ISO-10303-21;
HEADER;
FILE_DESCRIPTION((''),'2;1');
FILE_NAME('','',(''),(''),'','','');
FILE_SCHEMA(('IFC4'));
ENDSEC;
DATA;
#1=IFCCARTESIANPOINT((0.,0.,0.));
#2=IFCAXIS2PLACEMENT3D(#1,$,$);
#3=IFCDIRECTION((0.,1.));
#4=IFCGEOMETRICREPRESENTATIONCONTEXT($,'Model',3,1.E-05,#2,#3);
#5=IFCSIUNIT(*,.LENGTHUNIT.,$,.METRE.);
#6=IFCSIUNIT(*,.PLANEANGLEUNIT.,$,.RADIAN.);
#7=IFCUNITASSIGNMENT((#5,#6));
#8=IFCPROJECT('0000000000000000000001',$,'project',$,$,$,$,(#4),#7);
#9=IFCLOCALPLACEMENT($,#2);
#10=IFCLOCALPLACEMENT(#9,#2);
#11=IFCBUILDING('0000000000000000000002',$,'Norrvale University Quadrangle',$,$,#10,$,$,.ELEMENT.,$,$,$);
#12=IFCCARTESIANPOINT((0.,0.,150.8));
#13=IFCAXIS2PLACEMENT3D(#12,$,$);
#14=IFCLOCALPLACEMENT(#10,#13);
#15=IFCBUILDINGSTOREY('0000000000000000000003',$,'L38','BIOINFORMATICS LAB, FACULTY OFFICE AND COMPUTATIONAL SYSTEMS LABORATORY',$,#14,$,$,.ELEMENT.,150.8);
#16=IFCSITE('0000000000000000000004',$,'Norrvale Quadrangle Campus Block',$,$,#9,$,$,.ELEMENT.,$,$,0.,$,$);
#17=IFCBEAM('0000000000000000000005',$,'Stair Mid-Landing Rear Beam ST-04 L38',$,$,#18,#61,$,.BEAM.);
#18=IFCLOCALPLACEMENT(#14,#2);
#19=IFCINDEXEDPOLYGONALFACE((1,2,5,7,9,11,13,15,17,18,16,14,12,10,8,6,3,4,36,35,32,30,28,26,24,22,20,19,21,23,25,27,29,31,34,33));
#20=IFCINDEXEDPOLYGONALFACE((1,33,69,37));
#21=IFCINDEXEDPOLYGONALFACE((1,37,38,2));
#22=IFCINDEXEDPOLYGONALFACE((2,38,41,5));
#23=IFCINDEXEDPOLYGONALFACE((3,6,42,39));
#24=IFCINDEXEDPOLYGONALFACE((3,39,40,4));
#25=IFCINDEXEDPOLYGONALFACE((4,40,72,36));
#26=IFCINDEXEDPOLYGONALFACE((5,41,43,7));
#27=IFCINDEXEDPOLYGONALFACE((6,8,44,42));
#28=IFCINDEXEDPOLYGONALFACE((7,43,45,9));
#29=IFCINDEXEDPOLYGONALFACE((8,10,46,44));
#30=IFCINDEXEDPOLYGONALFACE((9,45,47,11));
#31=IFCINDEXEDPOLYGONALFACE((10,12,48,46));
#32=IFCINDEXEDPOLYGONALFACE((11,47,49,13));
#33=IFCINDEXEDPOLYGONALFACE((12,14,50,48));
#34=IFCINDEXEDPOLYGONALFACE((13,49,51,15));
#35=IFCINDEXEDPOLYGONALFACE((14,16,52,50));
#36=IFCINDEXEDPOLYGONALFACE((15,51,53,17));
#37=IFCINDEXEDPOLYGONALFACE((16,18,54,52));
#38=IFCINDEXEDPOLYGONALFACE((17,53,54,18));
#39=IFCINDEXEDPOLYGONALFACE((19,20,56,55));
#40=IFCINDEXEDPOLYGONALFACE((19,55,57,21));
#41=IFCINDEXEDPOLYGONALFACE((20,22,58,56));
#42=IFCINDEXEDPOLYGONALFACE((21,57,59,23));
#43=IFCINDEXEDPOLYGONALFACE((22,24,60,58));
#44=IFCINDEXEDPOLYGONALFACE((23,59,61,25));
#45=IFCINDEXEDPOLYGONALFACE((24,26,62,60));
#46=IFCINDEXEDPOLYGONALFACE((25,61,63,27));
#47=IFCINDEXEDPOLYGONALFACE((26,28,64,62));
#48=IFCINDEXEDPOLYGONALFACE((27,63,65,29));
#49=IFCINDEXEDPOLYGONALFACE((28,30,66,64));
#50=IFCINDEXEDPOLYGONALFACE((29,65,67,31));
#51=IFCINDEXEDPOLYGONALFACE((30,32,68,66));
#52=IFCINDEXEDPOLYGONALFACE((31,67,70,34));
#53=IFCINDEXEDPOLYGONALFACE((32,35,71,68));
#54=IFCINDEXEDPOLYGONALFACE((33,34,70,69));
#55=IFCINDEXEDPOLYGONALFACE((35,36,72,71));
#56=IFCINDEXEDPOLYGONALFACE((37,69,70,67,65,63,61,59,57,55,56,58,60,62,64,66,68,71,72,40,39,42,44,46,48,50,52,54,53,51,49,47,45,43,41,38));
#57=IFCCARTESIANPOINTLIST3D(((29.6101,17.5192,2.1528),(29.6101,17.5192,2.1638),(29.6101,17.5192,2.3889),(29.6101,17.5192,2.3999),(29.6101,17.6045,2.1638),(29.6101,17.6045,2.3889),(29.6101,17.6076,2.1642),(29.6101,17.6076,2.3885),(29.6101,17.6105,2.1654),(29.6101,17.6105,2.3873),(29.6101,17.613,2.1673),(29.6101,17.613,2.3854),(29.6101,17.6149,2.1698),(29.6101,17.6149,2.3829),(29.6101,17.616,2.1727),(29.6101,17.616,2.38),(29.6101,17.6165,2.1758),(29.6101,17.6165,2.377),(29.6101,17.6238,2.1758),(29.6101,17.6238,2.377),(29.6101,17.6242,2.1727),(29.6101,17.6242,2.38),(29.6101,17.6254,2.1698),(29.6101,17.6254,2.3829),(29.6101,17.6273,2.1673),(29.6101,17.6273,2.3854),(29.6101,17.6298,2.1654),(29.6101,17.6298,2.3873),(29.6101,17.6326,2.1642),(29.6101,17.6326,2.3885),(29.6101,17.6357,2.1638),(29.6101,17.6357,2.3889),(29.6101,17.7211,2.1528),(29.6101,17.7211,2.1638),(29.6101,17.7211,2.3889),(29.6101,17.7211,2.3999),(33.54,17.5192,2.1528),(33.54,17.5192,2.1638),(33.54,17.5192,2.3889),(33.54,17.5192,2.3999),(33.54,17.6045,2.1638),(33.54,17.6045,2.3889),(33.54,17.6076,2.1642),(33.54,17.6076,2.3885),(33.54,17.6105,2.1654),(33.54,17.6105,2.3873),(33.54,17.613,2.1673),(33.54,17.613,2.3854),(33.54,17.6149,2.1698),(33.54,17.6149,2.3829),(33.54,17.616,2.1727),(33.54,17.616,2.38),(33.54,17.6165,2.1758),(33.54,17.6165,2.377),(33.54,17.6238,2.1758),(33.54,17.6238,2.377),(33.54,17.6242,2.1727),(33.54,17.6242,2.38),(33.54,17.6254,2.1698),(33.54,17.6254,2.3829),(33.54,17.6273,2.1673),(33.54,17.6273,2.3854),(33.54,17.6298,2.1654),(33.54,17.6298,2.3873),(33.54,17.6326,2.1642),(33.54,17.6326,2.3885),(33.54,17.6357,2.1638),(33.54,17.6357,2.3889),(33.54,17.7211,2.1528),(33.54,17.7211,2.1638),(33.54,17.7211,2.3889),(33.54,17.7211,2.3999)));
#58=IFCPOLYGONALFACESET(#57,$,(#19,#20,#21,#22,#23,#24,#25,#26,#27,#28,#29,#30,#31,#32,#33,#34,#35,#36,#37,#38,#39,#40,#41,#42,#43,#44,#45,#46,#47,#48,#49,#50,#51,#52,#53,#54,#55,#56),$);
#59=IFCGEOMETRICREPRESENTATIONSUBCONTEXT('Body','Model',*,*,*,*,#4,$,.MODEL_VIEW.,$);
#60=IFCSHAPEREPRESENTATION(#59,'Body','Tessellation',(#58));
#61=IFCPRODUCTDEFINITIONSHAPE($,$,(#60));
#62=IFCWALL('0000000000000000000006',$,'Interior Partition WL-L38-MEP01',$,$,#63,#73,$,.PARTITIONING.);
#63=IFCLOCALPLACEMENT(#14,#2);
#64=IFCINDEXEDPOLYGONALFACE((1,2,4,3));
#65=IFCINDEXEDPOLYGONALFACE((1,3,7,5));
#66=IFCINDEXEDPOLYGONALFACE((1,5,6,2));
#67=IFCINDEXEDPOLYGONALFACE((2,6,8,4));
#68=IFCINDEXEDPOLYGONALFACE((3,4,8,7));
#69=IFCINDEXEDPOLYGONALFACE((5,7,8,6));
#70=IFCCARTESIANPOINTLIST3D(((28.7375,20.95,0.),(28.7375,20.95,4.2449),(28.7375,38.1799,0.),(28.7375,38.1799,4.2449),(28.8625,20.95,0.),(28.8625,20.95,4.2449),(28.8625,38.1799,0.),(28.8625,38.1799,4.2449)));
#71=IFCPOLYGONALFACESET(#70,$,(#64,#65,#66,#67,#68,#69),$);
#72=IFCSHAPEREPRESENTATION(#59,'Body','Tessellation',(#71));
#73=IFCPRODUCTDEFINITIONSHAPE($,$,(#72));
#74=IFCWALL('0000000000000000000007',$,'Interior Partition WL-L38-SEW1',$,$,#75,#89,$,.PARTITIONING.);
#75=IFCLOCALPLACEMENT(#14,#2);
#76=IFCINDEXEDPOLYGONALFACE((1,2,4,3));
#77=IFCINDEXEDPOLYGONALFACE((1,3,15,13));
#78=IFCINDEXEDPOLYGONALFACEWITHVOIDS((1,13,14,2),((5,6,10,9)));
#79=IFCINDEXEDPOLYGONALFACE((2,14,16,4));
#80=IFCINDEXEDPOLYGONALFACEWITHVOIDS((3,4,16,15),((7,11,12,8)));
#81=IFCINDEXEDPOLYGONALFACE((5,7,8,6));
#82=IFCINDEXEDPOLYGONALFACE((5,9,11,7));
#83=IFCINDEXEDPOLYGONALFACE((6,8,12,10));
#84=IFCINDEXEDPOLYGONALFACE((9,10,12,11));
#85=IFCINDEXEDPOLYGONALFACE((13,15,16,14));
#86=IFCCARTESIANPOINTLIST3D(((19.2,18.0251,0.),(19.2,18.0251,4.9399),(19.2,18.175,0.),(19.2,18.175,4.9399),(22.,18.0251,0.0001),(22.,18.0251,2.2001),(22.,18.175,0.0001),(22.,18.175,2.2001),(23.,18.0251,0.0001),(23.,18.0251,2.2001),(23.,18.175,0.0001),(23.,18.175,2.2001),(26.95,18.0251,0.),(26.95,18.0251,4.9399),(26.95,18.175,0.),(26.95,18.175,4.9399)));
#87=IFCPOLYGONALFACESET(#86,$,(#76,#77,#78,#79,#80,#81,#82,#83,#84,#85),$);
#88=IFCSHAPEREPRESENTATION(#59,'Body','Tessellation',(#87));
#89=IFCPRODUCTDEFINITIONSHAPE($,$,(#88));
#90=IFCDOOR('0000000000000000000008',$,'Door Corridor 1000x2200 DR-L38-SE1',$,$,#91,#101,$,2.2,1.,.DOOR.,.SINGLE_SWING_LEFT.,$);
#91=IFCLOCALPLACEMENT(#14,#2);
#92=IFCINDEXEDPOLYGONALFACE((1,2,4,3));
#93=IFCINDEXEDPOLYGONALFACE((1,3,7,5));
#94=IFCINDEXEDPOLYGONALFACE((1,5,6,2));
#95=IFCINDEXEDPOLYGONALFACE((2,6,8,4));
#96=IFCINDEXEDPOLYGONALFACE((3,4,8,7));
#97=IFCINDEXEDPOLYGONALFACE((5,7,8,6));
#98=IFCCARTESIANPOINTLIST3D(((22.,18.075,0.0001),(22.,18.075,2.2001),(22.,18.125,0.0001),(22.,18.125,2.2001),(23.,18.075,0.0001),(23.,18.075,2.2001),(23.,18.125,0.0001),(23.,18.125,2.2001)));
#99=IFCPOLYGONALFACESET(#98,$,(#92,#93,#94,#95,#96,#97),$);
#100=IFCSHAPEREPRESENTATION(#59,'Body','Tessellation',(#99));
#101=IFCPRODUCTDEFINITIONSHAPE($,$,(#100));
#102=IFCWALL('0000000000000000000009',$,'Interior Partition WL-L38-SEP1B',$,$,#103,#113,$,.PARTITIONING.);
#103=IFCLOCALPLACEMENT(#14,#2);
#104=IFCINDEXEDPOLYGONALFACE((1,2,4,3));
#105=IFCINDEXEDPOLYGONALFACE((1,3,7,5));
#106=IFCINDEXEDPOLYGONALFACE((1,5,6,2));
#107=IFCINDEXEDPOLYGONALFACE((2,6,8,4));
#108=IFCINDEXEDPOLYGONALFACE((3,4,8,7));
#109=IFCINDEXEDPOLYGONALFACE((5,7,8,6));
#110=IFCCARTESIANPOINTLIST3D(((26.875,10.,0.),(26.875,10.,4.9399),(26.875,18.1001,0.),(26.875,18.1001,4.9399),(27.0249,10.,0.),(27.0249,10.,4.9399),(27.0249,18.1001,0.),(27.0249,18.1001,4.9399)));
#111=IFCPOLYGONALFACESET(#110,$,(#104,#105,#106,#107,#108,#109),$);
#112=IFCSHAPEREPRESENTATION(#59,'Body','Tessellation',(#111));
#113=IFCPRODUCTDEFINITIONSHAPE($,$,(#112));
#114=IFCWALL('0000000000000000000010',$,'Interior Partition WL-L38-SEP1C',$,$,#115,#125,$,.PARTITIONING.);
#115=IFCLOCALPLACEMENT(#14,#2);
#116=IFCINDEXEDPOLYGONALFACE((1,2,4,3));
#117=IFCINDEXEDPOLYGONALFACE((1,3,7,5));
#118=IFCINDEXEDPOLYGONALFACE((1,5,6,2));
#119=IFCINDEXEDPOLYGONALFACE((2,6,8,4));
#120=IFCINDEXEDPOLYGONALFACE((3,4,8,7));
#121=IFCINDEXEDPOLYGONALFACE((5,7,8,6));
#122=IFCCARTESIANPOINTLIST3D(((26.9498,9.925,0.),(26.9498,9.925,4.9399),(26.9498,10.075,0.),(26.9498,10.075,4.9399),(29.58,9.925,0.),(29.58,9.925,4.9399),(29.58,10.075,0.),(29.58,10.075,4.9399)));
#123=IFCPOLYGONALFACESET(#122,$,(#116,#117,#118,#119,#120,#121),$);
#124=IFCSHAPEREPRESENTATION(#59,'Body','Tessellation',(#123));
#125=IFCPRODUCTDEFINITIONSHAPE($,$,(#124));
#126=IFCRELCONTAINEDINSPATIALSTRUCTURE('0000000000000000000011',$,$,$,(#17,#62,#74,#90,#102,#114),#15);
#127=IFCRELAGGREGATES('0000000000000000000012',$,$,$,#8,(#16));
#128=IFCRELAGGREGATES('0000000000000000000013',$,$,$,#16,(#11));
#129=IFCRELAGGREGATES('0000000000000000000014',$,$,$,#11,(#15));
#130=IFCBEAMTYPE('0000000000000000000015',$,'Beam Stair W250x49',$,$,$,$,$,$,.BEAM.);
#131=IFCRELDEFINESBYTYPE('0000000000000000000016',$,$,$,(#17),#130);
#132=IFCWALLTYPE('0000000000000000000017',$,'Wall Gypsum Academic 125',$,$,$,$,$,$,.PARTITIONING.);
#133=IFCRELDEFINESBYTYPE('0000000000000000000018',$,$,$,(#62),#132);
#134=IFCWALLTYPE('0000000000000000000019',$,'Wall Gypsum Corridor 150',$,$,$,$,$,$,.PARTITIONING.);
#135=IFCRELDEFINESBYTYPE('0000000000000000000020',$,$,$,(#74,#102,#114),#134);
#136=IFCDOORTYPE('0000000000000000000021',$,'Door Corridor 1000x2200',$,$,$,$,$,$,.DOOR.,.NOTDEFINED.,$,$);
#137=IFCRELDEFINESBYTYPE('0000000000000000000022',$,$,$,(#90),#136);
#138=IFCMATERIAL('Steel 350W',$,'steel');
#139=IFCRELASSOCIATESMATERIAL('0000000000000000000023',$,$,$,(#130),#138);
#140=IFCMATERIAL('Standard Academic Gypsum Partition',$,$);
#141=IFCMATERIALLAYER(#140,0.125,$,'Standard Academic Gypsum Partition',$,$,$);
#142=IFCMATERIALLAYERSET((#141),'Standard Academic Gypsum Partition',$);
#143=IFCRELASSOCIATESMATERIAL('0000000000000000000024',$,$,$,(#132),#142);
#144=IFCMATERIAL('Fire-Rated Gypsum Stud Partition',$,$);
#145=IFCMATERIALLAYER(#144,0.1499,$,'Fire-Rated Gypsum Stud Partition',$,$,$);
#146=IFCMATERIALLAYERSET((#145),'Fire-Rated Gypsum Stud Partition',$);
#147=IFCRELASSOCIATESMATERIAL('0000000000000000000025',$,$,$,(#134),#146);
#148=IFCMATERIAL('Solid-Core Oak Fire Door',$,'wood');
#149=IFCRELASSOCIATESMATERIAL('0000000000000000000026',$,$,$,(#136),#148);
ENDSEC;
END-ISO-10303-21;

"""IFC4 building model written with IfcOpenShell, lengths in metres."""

from ifc_helpers import new_model, si_unit, direction, frame, frame_2d, origin, origin_2d, place, context, subcontext, project, spatial, rectangle, i_section, extrude, material, layer, layer_set, material_profile, profile_set, type_object, element, fill, save


model = new_model("IFC4")

# Units and contexts
model_context = context("Model", 3, precision=1e-05, world=origin(), true_north=direction((0.0, 1.0)))
body_context = subcontext(model_context, "Body", "Model", "MODEL_VIEW")
ifc_project = project(units=[si_unit("LENGTHUNIT", "METRE"), si_unit("PLANEANGLEUNIT", "RADIAN")], contexts=[model_context])

# Site, building, storey
site_placement = place(None, origin())
site = spatial("IfcSite", under=ifc_project, at=site_placement, Name="Norrvale Quadrangle Campus Block", CompositionType="ELEMENT", RefElevation=0.0)
building_placement = place(site_placement, origin())
building = spatial("IfcBuilding", under=site, at=building_placement, Name="Norrvale University Quadrangle", CompositionType="ELEMENT")
storey_placement = place(building_placement, frame((0.0, 0.0, 150.8)))
storey = spatial("IfcBuildingStorey", under=building, at=storey_placement, Name="L38", Description="BIOINFORMATICS LAB, FACULTY OFFICE AND COMPUTATIONAL SYSTEMS LABORATORY", CompositionType="ELEMENT", Elevation=150.8)

# Beam
ifc_material_1 = material(Name="Steel 350W", Category="steel")
ifc_material_profile_1 = material_profile(ifc_material_1, i_section(OverallWidth=0.2019, OverallDepth=0.2471, WebThickness=0.0073, FlangeThickness=0.011, FilletRadius=0.012, at=origin_2d()), Name="Steel 350W")
ifc_profile_set_1 = profile_set([ifc_material_profile_1], Name="Steel 350W")
beam_type_1 = type_object("IfcBeamType", Name="Beam Stair W250x49", PredefinedType="BEAM", material=ifc_profile_set_1)
for number, where, z_axis, x_axis, name in (
    (1, (29.6101, 17.6201, 2.2764), (1.0, 0.0, 0.0), (0.0, 1.0, 0.0), "Stair Mid-Landing Rear Beam ST-04 L38"),
):
    element("IfcBeam", number, at=place(storey_placement, frame(where, z_axis=z_axis, x_axis=x_axis)), inside=storey, type_object=beam_type_1, Name=name, PredefinedType="BEAM", context=body_context, shape_type="SweptSolid", body=[
        extrude(i_section(OverallWidth=0.2019, OverallDepth=0.2471, WebThickness=0.0073, FlangeThickness=0.011, FilletRadius=0.012, at=origin_2d()), origin(), (0.0, 0.0, 1.0), 3.9299),
    ])

# Wall
ifc_material_2 = material(Name="Standard Academic Gypsum Partition")
ifc_layer_1 = layer(ifc_material_2, 0.125, Name="Standard Academic Gypsum Partition")
ifc_layer_set_1 = layer_set([ifc_layer_1], Name="Standard Academic Gypsum Partition")
wall_type_1 = type_object("IfcWallType", Name="Wall Gypsum Academic 125", PredefinedType="PARTITIONING", material=ifc_layer_set_1)
wall_1_placement = place(storey_placement, frame((28.8, 20.95, 0.0), z_axis=(0.0, 0.0, 1.0), x_axis=(0.0, 1.0, 0.0)))
element("IfcWall", 2, at=wall_1_placement, inside=storey, type_object=wall_type_1, Name="Interior Partition WL-L38-MEP01", PredefinedType="PARTITIONING", context=body_context, shape_type="SweptSolid", body=[
    extrude(rectangle(XDim=17.23, YDim=0.125, at=frame_2d((8.615, 0.0))), origin(), (0.0, 0.0, 1.0), 4.2449),
])

# Wall, opening, door
ifc_material_3 = material(Name="Fire-Rated Gypsum Stud Partition")
ifc_layer_2 = layer(ifc_material_3, 0.1499, Name="Fire-Rated Gypsum Stud Partition")
ifc_layer_set_2 = layer_set([ifc_layer_2], Name="Fire-Rated Gypsum Stud Partition")
wall_type_2 = type_object("IfcWallType", Name="Wall Gypsum Corridor 150", PredefinedType="PARTITIONING", material=ifc_layer_set_2)
wall_2_placement = place(storey_placement, frame((19.2, 18.1001, 0.0), z_axis=(0.0, 0.0, 1.0), x_axis=(1.0, 0.0, 0.0)))
wall_2 = element("IfcWall", 3, at=wall_2_placement, inside=storey, type_object=wall_type_2, Name="Interior Partition WL-L38-SEW1", PredefinedType="PARTITIONING", context=body_context, shape_type="SweptSolid", body=[
    extrude(rectangle(XDim=7.75, YDim=0.1499, at=frame_2d((3.875, 0.0))), origin(), (0.0, 0.0, 1.0), 4.9399),
])
opening_1_placement = place(wall_2_placement, frame((2.8, 0.0, 0.0)))
opening_1 = element("IfcOpeningElement", 4, at=opening_1_placement, cuts=wall_2, PredefinedType="OPENING", context=body_context, shape_type="SweptSolid", body=[
    extrude(rectangle(XDim=1.0, YDim=2.2, at=frame_2d((0.5, 1.1001))), frame((0.0, 0.0869, 0.0), z_axis=(0.0, -1.0, 0.0), x_axis=(1.0, 0.0, 0.0)), (0.0, 0.0, 1.0), 0.1738),
])
ifc_material_4 = material(Name="Solid-Core Oak Fire Door", Category="wood")
door_type_1 = type_object("IfcDoorType", Name="Door Corridor 1000x2200", OperationType="NOTDEFINED", PredefinedType="DOOR", material=ifc_material_4)
door_1_placement = place(opening_1_placement, origin())
door_1 = element("IfcDoor", 5, at=door_1_placement, inside=storey, type_object=door_type_1, Name="Door Corridor 1000x2200 DR-L38-SE1", OperationType="SINGLE_SWING_LEFT", OverallHeight=2.2, OverallWidth=1.0, PredefinedType="DOOR", context=body_context, shape_type="SweptSolid", body=[
    extrude(rectangle(XDim=1.0, YDim=2.2, at=frame_2d((0.5, 1.1001))), frame((0.0, 0.0249, 0.0), z_axis=(0.0, -1.0, 0.0), x_axis=(1.0, 0.0, 0.0)), (0.0, 0.0, 1.0), 0.05),
])
fill(opening_1, door_1)

# Walls
wall_3_placement = place(storey_placement, frame((26.95, 10.0, 0.0), z_axis=(0.0, 0.0, 1.0), x_axis=(0.0, 1.0, 0.0)))
element("IfcWall", 6, at=wall_3_placement, inside=storey, type_object=wall_type_2, Name="Interior Partition WL-L38-SEP1B", PredefinedType="PARTITIONING", context=body_context, shape_type="SweptSolid", body=[
    extrude(rectangle(XDim=8.1001, YDim=0.1499, at=frame_2d((4.05, 0.0))), origin(), (0.0, 0.0, 1.0), 4.9399),
])
wall_4_placement = place(storey_placement, frame((26.95, 10.0, 0.0), z_axis=(0.0, 0.0, 1.0), x_axis=(1.0, 0.0, 0.0)))
element("IfcWall", 7, at=wall_4_placement, inside=storey, type_object=wall_type_2, Name="Interior Partition WL-L38-SEP1C", PredefinedType="PARTITIONING", context=body_context, shape_type="SweptSolid", body=[
    extrude(rectangle(XDim=2.6301, YDim=0.1499, at=frame_2d((1.3149, 0.0))), origin(), (0.0, 0.0, 1.0), 4.9399),
])

save(model, "model.ifc")
